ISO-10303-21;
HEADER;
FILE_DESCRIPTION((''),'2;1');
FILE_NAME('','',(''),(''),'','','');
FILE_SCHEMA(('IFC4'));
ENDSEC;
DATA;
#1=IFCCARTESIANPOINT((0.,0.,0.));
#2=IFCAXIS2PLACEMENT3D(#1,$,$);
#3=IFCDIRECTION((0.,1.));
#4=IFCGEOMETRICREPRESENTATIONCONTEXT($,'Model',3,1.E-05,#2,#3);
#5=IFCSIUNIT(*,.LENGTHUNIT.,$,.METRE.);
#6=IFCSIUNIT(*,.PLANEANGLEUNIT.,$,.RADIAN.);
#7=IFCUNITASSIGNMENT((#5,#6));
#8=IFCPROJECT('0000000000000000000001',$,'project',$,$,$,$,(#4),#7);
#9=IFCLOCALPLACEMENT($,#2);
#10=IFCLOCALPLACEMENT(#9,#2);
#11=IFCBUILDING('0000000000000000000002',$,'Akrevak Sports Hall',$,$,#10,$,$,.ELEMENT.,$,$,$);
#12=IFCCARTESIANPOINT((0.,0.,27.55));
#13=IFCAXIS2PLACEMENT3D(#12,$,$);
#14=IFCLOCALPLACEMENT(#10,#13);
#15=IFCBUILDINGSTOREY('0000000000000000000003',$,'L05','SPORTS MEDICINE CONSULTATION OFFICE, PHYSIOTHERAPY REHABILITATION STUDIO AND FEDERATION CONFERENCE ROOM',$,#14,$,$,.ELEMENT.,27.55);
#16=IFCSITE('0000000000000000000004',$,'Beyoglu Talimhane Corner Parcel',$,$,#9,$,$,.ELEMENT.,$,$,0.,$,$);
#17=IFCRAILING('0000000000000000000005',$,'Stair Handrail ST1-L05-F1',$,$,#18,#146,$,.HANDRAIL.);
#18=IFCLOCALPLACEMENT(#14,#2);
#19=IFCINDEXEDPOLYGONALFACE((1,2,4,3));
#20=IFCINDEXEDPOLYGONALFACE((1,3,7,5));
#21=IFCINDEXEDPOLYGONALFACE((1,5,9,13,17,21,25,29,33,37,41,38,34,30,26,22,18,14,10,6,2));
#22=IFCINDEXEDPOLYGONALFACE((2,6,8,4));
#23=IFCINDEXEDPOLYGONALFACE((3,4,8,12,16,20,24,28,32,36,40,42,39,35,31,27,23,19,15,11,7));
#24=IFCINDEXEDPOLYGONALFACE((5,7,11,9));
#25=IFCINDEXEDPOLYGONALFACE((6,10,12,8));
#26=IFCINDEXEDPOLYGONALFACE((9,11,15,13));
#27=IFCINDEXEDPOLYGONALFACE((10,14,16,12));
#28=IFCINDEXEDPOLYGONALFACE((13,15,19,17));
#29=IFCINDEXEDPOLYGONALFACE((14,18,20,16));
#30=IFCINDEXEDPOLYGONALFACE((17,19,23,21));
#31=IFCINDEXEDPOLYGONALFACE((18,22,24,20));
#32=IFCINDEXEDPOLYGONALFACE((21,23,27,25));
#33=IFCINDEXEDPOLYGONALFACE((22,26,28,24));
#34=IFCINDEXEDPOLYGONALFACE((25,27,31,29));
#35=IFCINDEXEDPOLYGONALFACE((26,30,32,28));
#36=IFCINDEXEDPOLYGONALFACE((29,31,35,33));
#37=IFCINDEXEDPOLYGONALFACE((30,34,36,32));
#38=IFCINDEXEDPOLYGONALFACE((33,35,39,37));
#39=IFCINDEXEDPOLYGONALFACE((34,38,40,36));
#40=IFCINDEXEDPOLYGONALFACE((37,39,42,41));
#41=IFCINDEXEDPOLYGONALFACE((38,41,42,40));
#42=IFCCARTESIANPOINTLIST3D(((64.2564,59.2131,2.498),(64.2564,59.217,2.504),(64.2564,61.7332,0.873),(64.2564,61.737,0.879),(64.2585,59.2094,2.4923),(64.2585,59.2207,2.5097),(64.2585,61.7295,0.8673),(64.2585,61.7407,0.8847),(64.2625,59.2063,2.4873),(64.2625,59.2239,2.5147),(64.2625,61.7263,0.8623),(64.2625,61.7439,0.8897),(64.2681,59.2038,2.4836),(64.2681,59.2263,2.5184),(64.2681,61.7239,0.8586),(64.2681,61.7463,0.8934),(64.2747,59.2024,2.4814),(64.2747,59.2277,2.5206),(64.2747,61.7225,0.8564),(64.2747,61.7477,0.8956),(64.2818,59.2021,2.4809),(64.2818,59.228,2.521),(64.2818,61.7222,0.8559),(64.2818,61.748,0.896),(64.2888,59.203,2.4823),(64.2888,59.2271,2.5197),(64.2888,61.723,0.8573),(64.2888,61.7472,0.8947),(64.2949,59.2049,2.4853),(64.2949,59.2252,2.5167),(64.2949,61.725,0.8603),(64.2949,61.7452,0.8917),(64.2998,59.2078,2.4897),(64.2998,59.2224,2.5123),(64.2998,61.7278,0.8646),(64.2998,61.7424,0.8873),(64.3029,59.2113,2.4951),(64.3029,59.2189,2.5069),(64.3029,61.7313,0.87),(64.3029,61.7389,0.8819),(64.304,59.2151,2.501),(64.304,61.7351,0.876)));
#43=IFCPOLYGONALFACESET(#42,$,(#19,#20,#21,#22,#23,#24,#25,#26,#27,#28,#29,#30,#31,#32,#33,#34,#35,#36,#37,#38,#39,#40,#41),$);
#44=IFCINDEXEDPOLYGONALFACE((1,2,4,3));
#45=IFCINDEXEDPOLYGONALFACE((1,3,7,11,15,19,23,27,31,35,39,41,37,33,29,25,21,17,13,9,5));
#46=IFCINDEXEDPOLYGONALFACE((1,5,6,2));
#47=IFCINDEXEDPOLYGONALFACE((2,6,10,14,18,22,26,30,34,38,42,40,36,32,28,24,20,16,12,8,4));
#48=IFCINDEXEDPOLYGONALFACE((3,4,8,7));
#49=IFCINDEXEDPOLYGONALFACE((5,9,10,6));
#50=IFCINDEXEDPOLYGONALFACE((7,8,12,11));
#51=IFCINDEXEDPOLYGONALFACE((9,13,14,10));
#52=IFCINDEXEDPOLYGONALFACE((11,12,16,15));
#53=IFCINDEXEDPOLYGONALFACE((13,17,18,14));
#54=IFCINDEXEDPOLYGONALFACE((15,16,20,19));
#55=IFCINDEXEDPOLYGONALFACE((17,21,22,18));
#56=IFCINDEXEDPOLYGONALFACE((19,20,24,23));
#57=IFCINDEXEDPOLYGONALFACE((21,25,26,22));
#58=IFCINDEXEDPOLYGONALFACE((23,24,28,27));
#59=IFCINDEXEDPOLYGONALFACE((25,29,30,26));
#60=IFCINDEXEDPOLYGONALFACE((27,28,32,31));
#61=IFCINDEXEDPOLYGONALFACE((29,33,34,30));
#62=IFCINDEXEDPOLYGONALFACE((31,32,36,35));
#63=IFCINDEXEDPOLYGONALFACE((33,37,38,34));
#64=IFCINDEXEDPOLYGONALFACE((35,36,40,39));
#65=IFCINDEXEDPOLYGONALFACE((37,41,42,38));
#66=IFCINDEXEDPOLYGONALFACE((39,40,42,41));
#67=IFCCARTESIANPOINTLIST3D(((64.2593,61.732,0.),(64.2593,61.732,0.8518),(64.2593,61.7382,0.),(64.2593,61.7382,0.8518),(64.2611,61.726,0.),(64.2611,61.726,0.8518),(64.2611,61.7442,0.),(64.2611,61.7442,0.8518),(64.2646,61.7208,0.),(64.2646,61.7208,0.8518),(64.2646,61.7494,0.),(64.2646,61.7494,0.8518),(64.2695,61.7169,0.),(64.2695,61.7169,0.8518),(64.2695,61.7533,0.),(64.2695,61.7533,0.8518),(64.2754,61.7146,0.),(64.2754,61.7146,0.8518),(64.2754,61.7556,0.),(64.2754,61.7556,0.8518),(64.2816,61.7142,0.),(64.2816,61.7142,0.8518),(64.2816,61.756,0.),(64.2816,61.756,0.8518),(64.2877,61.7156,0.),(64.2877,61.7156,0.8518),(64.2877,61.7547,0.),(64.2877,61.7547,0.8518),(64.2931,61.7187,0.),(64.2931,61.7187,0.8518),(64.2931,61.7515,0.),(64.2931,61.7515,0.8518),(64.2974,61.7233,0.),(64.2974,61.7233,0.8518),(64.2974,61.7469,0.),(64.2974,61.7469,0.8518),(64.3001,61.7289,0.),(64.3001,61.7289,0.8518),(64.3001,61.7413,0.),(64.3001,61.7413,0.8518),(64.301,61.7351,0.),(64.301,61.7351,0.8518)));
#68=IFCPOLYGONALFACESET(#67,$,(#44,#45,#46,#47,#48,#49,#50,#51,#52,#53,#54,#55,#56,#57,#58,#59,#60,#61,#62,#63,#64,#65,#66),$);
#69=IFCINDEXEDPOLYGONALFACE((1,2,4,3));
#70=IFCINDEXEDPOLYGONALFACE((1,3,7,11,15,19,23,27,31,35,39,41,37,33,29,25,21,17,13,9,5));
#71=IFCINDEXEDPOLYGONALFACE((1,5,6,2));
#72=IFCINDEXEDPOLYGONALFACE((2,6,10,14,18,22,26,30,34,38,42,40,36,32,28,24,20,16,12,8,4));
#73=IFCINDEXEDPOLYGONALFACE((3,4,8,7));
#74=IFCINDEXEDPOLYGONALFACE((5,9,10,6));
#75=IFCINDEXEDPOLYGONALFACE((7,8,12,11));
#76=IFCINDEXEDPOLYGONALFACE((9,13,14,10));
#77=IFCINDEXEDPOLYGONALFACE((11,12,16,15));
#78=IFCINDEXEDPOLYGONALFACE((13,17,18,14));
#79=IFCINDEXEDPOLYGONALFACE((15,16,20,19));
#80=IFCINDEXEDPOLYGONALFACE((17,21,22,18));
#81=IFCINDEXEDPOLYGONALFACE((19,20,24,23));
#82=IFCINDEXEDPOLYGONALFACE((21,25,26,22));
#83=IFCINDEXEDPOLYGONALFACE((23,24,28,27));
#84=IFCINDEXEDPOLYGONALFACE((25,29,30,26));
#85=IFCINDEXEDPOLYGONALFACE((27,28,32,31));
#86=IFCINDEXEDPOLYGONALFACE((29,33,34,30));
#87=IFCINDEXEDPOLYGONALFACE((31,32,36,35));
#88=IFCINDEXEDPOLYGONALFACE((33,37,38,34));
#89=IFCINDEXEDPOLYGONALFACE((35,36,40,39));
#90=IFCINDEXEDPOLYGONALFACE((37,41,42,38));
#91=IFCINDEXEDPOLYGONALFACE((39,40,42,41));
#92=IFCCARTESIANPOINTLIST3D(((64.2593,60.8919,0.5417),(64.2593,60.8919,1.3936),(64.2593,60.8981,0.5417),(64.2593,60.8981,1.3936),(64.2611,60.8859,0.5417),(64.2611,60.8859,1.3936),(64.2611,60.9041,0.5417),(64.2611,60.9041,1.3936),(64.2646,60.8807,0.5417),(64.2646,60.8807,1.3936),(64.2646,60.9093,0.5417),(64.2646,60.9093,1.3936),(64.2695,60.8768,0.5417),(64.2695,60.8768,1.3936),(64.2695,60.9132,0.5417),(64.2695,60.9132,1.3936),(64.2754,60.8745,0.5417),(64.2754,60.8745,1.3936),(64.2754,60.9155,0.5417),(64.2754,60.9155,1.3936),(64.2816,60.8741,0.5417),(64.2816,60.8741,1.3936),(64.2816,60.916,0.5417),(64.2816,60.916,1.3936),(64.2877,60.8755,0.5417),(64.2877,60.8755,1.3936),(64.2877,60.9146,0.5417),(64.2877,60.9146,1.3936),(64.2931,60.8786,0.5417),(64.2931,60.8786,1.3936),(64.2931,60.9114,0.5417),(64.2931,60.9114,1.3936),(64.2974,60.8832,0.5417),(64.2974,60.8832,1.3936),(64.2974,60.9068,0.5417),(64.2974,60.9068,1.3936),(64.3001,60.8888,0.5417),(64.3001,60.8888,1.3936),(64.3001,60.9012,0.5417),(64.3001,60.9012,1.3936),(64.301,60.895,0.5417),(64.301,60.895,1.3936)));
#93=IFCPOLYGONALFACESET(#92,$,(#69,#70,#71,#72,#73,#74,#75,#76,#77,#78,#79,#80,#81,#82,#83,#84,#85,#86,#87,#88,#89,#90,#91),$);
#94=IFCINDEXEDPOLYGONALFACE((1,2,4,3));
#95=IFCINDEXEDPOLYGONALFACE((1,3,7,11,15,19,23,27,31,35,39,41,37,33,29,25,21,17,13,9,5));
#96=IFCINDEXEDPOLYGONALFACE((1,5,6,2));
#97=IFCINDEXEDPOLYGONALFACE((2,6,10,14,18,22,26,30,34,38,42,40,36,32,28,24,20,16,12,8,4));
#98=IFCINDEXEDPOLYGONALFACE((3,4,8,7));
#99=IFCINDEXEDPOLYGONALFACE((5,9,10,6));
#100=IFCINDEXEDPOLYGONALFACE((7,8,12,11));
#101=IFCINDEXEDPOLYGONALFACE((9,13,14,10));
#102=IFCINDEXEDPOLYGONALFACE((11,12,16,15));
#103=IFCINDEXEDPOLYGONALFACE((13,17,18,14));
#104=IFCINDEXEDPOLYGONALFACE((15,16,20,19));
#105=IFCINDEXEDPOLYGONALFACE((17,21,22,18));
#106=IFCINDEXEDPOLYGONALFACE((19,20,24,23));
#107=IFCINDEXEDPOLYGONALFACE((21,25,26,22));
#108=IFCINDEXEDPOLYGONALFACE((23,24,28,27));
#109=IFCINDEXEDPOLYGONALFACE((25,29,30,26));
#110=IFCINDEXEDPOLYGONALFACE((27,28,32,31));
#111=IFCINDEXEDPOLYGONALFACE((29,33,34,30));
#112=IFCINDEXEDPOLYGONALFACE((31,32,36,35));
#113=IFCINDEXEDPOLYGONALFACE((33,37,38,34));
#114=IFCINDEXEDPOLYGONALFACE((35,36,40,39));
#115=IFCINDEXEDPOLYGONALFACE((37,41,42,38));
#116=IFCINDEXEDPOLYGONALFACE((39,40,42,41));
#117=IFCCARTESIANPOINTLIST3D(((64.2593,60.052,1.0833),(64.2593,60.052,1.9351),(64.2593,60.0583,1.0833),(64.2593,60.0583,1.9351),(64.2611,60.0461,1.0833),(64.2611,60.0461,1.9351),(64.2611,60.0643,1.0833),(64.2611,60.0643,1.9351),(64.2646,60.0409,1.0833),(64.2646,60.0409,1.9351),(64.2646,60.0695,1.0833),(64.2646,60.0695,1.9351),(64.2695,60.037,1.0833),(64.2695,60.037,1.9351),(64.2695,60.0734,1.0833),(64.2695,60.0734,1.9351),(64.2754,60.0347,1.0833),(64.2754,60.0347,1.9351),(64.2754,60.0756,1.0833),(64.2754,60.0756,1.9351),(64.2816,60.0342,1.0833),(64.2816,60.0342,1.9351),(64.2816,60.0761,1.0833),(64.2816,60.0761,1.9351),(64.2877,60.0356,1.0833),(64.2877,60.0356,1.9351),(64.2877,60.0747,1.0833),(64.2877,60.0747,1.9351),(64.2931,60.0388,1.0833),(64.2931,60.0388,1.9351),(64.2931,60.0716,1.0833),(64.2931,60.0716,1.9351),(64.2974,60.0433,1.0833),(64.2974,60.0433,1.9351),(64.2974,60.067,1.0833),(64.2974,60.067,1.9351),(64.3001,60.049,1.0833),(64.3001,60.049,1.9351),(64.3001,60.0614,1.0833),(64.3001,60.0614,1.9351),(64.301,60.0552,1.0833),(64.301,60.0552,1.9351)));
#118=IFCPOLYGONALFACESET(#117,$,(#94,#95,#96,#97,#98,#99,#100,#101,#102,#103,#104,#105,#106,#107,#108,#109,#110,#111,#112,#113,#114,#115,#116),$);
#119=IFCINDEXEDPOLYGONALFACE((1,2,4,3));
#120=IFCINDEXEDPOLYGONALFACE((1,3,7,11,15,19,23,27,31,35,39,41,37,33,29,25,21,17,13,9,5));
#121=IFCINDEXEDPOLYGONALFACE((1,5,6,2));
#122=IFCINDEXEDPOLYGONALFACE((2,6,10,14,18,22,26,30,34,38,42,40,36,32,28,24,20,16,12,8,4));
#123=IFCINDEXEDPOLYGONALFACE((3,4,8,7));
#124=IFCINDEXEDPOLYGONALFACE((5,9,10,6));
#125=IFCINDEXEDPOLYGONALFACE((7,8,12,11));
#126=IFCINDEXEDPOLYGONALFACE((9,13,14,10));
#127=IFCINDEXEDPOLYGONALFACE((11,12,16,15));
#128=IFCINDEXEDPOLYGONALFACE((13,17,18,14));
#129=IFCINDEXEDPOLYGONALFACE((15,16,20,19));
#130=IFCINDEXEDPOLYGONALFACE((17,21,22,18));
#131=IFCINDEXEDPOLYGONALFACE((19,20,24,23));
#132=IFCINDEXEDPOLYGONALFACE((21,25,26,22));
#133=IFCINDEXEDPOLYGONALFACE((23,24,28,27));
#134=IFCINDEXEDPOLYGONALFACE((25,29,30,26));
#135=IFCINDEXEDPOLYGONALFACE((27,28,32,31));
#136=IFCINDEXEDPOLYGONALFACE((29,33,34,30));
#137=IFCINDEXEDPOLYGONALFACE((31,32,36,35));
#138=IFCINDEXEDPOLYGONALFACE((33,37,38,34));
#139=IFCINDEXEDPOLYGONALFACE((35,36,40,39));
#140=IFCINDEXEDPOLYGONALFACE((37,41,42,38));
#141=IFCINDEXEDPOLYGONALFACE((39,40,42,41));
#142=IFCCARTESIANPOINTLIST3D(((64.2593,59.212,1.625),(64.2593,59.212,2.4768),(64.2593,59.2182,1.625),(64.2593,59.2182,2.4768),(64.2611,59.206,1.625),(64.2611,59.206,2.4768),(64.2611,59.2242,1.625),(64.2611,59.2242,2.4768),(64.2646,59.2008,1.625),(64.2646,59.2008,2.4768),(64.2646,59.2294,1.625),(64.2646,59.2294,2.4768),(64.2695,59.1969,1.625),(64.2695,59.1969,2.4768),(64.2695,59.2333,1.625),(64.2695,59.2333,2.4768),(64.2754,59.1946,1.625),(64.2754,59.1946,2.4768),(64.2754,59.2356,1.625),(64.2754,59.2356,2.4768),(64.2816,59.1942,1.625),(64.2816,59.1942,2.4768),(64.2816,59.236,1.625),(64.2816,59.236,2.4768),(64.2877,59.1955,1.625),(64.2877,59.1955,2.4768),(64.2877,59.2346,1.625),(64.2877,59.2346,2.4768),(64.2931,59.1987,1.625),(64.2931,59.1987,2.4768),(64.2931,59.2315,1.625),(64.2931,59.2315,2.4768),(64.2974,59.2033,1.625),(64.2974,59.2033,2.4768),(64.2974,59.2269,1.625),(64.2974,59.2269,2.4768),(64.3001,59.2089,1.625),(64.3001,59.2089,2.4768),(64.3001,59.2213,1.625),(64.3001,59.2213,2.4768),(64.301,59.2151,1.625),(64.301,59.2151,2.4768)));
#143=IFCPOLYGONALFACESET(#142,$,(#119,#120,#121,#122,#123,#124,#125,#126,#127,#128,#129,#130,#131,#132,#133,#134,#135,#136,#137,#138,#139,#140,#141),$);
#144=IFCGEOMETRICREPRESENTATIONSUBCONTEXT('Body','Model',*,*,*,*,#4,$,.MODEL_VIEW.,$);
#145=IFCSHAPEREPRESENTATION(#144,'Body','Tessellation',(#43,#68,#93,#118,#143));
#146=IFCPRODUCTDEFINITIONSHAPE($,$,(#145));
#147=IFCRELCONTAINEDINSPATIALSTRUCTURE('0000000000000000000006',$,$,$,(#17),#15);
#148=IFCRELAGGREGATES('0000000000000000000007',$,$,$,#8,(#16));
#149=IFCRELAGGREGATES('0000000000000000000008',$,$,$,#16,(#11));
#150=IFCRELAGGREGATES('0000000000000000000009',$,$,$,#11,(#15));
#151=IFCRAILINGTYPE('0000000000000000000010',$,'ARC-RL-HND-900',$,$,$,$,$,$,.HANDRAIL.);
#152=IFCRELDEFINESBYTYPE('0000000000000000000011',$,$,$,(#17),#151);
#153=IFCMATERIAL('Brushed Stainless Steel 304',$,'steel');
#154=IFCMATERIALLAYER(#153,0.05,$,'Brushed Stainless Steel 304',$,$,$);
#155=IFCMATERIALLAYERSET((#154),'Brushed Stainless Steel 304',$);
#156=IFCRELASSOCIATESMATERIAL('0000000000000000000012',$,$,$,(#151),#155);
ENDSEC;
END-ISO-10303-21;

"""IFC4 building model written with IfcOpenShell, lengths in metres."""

from ifc_helpers import new_model, si_unit, direction, frame, origin, origin_2d, place, context, subcontext, project, spatial, circle, extrude, material, layer, layer_set, type_object, element, save


model = new_model("IFC4")

# Units and contexts
model_context = context("Model", 3, precision=1e-05, world=origin(), true_north=direction((0.0, 1.0)))
body_context = subcontext(model_context, "Body", "Model", "MODEL_VIEW")
ifc_project = project(units=[si_unit("LENGTHUNIT", "METRE"), si_unit("PLANEANGLEUNIT", "RADIAN")], contexts=[model_context])

# Site, building, storey
site_placement = place(None, origin())
site = spatial("IfcSite", under=ifc_project, at=site_placement, Name="Beyoglu Talimhane Corner Parcel", CompositionType="ELEMENT", RefElevation=0.0)
building_placement = place(site_placement, origin())
building = spatial("IfcBuilding", under=site, at=building_placement, Name="Akrevak Sports Hall", CompositionType="ELEMENT")
storey_placement = place(building_placement, frame((0.0, 0.0, 27.55)))
storey = spatial("IfcBuildingStorey", under=building, at=storey_placement, Name="L05", Description="SPORTS MEDICINE CONSULTATION OFFICE, PHYSIOTHERAPY REHABILITATION STUDIO AND FEDERATION CONFERENCE ROOM", CompositionType="ELEMENT", Elevation=27.55)

# Shared definitions
ifc_material_1 = material(Name="Brushed Stainless Steel 304", Category="steel")

# Railing
ifc_layer_1 = layer(ifc_material_1, 0.05, Name="Brushed Stainless Steel 304")
ifc_layer_set_1 = layer_set([ifc_layer_1], Name="Brushed Stainless Steel 304")
railing_type_1 = type_object("IfcRailingType", Name="ARC-RL-HND-900", PredefinedType="HANDRAIL", material=ifc_layer_set_1)
railing_1_placement = place(storey_placement, frame((64.28, 61.7351, 0.0)))
element("IfcRailing", 1, at=railing_1_placement, inside=storey, type_object=railing_type_1, Name="Stair Handrail ST1-L05-F1", PredefinedType="HANDRAIL", context=body_context, shape_type="SweptSolid", body=[
    extrude(circle(Radius=0.0239, at=origin_2d()), frame((0.0, 0.0, 0.876), z_axis=(0.0, -0.840421, 0.541934), x_axis=(1.0, 0.0, 0.0)), (0.0, 0.0, 1.0), 2.9985),
    extrude(circle(Radius=0.021, at=origin_2d()), origin(), (0.0, 0.0, 1.0), 0.8518),
    extrude(circle(Radius=0.021, at=origin_2d()), frame((0.0, -0.8401, 0.5417)), (0.0, 0.0, 1.0), 0.8518),
    extrude(circle(Radius=0.021, at=origin_2d()), frame((0.0, -1.6799, 1.0833)), (0.0, 0.0, 1.0), 0.8518),
    extrude(circle(Radius=0.021, at=origin_2d()), frame((0.0, -2.52, 1.625)), (0.0, 0.0, 1.0), 0.8518),
])

save(model, "model.ifc")
